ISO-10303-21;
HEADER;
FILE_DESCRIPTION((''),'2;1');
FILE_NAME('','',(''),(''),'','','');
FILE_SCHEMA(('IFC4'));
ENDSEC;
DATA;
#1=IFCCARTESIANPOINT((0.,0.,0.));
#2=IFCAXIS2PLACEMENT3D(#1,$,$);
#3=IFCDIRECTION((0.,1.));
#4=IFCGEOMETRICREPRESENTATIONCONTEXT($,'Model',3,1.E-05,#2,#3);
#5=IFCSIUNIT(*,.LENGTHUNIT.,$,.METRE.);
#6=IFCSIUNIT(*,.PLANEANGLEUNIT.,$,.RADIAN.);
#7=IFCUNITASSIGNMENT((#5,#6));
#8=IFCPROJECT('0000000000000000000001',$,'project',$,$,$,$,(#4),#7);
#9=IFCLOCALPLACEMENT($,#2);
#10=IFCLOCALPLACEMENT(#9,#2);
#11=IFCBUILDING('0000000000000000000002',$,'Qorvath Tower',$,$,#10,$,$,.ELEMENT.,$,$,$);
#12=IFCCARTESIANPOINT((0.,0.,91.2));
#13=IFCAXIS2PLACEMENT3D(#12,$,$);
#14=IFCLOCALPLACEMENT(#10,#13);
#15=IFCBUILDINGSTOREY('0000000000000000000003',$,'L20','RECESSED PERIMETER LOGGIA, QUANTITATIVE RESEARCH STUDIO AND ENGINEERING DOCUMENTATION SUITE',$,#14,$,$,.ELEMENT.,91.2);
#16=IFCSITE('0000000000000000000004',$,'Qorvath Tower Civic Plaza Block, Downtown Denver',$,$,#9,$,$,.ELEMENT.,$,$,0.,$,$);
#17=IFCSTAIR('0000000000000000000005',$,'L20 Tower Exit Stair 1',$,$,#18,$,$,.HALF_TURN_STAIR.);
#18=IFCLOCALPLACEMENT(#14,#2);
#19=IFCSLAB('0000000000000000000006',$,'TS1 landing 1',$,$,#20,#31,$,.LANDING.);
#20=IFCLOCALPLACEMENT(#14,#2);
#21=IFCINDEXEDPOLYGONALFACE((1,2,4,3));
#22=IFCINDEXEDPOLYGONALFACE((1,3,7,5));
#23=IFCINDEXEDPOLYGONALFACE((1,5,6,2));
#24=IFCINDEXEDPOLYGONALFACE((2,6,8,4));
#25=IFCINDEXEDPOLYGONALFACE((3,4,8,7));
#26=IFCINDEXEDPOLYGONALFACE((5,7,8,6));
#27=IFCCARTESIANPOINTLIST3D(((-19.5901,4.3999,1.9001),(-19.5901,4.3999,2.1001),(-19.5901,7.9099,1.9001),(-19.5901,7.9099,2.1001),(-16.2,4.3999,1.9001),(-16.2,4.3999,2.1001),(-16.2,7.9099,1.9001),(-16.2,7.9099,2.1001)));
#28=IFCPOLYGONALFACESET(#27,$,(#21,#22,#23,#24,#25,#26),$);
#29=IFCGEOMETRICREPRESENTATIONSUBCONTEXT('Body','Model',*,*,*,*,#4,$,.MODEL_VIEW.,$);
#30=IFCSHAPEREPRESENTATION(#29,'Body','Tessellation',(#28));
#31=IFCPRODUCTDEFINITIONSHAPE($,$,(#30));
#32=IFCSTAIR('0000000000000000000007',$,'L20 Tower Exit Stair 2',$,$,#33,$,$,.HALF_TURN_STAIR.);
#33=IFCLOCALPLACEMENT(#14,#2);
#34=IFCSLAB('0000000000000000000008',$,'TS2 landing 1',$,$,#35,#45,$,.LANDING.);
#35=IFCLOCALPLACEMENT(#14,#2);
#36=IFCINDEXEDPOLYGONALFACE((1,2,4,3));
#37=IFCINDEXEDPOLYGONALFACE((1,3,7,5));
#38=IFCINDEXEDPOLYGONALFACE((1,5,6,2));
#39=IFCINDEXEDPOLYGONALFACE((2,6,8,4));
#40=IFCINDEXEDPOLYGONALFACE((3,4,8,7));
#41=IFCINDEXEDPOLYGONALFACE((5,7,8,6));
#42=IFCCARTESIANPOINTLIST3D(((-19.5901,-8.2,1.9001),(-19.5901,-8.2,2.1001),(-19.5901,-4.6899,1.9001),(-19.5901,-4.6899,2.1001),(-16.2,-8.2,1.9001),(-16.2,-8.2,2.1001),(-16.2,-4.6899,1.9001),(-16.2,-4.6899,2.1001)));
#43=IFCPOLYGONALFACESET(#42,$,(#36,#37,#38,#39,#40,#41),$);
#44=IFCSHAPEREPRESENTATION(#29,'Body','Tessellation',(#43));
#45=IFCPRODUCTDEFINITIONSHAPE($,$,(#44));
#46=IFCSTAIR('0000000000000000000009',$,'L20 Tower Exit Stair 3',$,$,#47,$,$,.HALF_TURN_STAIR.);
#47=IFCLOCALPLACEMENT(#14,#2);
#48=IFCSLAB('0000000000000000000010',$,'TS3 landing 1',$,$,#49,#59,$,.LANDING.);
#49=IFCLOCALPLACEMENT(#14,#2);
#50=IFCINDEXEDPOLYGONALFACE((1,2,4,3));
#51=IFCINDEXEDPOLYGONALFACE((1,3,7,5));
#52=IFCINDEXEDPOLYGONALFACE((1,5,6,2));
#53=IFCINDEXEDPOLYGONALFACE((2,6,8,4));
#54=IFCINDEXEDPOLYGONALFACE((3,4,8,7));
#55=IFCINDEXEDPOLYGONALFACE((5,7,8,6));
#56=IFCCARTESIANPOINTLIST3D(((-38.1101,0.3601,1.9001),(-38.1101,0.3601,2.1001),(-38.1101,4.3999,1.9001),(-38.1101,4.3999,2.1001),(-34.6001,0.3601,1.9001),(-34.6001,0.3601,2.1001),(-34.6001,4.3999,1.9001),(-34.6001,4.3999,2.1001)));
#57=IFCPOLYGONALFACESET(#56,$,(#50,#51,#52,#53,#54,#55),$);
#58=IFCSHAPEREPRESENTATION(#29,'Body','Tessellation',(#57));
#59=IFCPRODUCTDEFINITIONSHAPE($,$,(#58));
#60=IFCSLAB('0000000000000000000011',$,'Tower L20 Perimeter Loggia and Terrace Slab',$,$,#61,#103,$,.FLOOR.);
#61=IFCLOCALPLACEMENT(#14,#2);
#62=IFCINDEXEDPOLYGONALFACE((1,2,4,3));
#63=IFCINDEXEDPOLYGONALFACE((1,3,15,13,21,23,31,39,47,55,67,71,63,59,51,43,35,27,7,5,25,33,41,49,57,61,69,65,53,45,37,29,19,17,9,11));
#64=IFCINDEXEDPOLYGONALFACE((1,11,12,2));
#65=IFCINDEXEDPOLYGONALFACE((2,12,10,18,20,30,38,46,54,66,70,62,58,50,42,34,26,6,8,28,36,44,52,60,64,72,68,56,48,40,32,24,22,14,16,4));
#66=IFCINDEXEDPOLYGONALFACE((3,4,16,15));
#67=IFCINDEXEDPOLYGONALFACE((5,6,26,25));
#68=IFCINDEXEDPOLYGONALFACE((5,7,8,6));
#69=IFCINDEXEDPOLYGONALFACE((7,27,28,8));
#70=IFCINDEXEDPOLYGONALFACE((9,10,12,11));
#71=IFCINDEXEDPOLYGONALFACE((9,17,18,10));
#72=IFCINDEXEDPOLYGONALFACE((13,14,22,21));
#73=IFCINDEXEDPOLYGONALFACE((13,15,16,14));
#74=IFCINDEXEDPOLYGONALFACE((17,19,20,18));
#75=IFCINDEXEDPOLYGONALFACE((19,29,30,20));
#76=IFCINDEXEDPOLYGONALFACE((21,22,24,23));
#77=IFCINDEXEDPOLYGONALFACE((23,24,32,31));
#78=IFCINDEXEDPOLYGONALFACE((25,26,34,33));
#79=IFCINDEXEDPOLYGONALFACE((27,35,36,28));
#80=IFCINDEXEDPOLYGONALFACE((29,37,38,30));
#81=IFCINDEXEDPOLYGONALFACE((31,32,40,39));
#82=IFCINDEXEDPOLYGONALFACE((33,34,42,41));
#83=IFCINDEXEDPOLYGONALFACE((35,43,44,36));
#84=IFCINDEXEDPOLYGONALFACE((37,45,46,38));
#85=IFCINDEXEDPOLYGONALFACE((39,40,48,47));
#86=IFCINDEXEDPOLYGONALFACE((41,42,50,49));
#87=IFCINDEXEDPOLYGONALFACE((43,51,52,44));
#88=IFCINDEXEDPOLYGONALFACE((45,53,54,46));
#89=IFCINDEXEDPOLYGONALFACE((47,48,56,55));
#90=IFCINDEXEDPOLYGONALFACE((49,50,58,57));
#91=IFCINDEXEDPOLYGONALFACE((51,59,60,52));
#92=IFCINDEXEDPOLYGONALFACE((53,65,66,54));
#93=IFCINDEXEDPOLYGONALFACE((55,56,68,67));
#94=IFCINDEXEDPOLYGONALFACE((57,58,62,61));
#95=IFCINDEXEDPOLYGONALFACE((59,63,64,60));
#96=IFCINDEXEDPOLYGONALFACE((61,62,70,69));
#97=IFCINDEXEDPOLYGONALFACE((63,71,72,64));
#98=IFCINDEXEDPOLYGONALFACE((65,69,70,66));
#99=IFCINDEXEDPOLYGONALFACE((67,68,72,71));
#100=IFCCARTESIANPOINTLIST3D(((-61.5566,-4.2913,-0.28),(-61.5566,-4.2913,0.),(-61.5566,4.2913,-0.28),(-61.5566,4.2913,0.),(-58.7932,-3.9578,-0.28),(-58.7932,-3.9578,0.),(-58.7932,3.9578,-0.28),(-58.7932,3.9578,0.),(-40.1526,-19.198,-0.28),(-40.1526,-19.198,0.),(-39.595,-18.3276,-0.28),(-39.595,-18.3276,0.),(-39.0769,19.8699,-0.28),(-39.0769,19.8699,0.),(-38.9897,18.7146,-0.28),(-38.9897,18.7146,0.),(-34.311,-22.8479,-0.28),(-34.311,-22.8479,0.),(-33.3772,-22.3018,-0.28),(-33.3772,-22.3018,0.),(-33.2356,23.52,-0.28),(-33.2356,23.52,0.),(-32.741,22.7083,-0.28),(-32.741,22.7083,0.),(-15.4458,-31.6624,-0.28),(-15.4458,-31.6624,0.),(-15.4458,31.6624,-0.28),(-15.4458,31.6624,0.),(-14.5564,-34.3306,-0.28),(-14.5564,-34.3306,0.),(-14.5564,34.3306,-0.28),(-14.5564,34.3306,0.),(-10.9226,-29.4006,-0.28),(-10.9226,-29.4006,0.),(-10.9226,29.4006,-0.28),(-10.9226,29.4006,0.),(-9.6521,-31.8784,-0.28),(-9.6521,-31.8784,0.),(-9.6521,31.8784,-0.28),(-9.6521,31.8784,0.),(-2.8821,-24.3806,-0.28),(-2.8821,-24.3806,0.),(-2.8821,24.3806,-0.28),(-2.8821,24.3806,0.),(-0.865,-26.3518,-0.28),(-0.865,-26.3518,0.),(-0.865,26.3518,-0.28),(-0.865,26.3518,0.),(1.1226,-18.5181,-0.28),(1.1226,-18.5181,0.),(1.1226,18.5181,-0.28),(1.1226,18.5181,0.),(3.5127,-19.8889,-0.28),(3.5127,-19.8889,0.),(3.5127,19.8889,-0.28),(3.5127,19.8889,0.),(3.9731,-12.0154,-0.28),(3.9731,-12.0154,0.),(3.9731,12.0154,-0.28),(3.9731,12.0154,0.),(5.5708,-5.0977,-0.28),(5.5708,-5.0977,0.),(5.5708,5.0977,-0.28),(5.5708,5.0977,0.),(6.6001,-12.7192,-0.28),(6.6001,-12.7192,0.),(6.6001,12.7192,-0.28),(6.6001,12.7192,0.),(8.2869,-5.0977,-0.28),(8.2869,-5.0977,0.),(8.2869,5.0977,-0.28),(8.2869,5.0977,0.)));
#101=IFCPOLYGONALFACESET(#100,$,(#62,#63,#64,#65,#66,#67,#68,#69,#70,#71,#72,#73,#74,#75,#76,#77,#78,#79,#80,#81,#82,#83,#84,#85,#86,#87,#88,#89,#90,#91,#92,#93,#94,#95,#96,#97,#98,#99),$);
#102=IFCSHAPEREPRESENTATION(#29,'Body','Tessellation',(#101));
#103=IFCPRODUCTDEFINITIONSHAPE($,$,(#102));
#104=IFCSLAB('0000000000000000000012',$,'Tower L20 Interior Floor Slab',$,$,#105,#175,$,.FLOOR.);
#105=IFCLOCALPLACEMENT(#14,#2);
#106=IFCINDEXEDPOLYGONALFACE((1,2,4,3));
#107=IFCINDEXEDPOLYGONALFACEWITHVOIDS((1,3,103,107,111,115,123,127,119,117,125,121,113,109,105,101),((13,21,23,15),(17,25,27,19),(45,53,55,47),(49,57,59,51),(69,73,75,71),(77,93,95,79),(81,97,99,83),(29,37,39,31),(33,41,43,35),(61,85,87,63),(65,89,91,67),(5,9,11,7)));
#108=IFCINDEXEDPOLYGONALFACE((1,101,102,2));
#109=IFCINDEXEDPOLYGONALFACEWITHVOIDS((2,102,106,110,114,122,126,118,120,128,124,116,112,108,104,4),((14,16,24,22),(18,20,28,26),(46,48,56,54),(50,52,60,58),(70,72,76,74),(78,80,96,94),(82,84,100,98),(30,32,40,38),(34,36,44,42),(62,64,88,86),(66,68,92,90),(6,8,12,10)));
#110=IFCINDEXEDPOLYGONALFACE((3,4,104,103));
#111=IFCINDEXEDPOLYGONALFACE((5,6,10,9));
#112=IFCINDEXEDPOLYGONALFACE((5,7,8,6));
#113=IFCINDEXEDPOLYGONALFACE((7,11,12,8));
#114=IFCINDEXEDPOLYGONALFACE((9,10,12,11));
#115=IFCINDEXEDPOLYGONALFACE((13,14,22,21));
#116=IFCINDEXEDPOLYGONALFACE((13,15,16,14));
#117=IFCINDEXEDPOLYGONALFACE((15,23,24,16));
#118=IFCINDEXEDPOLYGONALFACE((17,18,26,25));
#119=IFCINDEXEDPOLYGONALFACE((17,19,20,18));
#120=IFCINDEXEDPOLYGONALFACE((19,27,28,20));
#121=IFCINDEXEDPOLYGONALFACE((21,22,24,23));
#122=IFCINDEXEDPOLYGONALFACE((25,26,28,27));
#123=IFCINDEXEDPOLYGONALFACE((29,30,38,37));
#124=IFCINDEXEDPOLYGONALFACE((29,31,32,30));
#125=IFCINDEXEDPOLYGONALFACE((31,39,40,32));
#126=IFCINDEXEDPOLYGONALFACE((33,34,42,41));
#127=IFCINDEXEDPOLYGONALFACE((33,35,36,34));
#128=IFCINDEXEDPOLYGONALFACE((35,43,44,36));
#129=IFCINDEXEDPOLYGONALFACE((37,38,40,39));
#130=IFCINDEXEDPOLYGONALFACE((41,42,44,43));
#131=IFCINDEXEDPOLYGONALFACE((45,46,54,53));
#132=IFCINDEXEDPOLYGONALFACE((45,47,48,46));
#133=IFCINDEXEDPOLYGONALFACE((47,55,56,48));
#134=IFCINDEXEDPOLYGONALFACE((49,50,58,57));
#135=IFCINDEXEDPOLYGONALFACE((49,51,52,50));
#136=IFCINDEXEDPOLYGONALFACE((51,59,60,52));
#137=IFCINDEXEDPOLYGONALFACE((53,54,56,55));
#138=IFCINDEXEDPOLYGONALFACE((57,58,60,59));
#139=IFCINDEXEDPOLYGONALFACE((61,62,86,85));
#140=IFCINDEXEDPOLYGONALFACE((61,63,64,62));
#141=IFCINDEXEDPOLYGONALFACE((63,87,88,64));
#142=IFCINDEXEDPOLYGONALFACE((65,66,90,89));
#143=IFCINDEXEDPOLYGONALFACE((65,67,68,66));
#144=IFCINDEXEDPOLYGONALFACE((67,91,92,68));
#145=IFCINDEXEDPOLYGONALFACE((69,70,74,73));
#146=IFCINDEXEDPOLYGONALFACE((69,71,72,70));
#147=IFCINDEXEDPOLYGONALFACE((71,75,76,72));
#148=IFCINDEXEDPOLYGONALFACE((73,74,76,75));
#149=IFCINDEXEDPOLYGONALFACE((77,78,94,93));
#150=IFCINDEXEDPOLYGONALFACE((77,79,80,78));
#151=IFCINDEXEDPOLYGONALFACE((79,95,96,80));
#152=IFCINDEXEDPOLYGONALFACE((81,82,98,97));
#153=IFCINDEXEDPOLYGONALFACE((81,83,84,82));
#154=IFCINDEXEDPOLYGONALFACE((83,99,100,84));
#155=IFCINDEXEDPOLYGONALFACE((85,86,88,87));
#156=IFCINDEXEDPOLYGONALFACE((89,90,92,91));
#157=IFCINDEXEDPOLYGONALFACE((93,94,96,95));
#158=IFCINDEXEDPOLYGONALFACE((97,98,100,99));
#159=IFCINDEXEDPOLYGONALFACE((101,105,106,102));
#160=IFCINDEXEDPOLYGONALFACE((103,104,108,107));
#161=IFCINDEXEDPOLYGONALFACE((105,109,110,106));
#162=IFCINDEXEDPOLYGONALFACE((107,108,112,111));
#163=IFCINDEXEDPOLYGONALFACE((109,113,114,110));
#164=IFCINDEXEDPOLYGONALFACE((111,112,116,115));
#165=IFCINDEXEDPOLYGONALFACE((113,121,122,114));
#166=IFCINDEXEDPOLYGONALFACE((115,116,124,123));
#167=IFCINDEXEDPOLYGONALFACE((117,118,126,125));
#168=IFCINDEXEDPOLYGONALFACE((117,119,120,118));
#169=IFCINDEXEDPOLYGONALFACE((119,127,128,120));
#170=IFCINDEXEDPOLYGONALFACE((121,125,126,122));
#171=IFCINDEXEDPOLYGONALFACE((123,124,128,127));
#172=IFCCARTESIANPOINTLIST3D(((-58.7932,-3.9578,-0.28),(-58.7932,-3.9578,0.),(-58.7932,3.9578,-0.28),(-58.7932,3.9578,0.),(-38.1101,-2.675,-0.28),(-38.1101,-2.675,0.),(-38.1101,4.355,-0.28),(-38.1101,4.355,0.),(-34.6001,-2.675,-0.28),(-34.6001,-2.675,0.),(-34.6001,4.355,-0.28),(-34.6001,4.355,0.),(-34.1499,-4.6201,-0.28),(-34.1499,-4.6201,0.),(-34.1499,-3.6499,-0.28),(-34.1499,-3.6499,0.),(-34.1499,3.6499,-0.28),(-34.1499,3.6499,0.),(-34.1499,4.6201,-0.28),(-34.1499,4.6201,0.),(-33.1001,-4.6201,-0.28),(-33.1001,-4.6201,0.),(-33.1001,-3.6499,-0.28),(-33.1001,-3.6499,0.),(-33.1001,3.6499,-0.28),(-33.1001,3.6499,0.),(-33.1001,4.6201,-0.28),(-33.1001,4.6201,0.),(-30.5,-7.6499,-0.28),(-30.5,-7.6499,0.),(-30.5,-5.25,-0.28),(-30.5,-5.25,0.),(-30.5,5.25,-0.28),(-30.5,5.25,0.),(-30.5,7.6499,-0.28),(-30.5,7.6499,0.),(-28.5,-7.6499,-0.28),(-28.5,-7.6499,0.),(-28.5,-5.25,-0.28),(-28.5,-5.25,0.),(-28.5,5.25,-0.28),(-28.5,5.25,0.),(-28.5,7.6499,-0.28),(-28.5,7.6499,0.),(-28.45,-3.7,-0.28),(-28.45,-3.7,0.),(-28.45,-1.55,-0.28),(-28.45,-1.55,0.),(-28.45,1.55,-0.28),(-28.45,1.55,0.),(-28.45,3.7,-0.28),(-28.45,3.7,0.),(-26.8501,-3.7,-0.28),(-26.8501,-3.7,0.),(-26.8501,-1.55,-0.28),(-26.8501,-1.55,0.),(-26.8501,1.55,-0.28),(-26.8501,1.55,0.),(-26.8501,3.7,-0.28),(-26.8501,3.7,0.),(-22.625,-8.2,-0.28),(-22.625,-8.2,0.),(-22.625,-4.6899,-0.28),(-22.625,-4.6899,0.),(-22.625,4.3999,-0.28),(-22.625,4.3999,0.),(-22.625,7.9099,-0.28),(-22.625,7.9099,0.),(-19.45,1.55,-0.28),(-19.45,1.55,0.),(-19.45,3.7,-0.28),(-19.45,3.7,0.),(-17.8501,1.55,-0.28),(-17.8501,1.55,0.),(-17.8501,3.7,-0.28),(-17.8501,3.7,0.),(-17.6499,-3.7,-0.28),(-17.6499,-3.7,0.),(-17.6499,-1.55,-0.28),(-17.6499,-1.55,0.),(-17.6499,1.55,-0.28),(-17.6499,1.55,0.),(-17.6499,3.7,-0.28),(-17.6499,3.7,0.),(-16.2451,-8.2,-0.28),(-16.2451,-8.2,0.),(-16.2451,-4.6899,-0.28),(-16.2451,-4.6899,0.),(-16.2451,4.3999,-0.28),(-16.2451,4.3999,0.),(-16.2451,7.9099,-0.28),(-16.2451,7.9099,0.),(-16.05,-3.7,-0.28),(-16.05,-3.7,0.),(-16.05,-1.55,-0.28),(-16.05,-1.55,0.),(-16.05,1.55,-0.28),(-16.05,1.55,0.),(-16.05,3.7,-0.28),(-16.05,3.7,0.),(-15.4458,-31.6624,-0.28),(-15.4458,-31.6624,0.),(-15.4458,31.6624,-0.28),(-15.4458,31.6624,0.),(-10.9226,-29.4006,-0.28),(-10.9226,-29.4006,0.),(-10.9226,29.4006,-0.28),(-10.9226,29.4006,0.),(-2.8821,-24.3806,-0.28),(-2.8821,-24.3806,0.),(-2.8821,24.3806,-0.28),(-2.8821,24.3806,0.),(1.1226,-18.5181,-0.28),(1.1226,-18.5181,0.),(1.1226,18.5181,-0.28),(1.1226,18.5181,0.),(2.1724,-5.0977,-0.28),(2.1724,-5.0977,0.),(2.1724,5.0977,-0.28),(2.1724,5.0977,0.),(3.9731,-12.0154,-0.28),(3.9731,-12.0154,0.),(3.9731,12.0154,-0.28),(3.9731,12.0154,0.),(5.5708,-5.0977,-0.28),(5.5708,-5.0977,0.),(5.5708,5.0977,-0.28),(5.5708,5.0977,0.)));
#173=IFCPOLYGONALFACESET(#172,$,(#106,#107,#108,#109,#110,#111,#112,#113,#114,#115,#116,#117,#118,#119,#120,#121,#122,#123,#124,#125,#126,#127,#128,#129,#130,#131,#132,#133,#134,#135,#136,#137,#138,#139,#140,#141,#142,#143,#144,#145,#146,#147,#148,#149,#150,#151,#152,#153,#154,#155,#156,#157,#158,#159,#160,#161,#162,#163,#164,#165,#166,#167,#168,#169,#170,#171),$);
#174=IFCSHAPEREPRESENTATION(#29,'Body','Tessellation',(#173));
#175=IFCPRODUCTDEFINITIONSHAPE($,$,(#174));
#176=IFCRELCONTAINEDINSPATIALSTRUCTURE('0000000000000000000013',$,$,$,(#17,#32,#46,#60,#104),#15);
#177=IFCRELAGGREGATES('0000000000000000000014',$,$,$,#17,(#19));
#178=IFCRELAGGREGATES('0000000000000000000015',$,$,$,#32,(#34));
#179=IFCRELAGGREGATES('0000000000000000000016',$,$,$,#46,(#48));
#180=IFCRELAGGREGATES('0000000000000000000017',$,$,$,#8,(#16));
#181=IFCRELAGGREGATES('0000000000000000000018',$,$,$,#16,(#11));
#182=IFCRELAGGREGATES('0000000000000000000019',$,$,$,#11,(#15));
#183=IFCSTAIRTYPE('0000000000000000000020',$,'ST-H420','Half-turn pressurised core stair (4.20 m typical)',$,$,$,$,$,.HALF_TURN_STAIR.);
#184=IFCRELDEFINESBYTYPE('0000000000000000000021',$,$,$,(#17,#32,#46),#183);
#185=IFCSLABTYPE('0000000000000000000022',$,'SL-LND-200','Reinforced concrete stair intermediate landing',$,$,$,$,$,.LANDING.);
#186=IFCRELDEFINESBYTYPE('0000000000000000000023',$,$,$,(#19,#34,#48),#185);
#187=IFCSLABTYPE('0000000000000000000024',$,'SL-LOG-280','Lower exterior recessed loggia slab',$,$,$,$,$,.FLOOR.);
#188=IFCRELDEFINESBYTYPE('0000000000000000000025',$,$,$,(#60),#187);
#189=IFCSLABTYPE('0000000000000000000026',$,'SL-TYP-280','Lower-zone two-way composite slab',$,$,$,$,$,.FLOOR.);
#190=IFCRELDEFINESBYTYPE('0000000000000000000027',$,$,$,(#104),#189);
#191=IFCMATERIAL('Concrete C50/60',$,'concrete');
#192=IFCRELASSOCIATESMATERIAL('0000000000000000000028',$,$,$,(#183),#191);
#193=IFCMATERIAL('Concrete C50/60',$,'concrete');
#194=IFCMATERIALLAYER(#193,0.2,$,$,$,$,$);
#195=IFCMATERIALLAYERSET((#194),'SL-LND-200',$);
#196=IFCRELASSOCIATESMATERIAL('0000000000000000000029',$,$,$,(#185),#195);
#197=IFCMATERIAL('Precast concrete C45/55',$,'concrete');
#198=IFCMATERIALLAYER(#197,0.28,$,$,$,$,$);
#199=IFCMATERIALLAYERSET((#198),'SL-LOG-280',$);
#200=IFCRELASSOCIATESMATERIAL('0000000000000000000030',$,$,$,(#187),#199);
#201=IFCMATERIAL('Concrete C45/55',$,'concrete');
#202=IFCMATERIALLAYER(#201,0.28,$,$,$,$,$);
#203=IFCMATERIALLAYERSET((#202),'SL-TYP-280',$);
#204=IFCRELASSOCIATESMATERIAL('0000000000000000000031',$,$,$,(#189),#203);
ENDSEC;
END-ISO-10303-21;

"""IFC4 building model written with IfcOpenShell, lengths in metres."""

from ifc_helpers import new_model, si_unit, direction, frame, origin, place, context, subcontext, project, spatial, polyline, outline, extrude, material, layer, layer_set, type_object, element, aggregate, save


model = new_model("IFC4")

# Units and contexts
model_context = context("Model", 3, precision=1e-05, world=origin(), true_north=direction((0.0, 1.0)))
body_context = subcontext(model_context, "Body", "Model", "MODEL_VIEW")
ifc_project = project(units=[si_unit("LENGTHUNIT", "METRE"), si_unit("PLANEANGLEUNIT", "RADIAN")], contexts=[model_context])

# Site, building, storey
site_placement = place(None, origin())
site = spatial("IfcSite", under=ifc_project, at=site_placement, Name="Qorvath Tower Civic Plaza Block, Downtown Denver", CompositionType="ELEMENT", RefElevation=0.0)
building_placement = place(site_placement, origin())
building = spatial("IfcBuilding", under=site, at=building_placement, Name="Qorvath Tower", CompositionType="ELEMENT")
storey_placement = place(building_placement, frame((0.0, 0.0, 91.2)))
storey = spatial("IfcBuildingStorey", under=building, at=storey_placement, Name="L20", Description="RECESSED PERIMETER LOGGIA, QUANTITATIVE RESEARCH STUDIO AND ENGINEERING DOCUMENTATION SUITE", CompositionType="ELEMENT", Elevation=91.2)

# Stairs, slabs
ifc_material_1 = material(Name="Concrete C50/60", Category="concrete")
stair_type = type_object("IfcStairType", Name="ST-H420", Description="Half-turn pressurised core stair (4.20 m typical)", PredefinedType="HALF_TURN_STAIR", material=ifc_material_1)
stair_1_placement = place(storey_placement, origin())
stair_1 = element("IfcStair", 1, at=stair_1_placement, inside=storey, type_object=stair_type, Name="L20 Tower Exit Stair 1", PredefinedType="HALF_TURN_STAIR")
ifc_material_2 = material(Name="Concrete C50/60", Category="concrete")
ifc_layer_1 = layer(ifc_material_2, 0.2)
ifc_layer_set_1 = layer_set([ifc_layer_1], Name="SL-LND-200")
slab_type_1 = type_object("IfcSlabType", Name="SL-LND-200", Description="Reinforced concrete stair intermediate landing", PredefinedType="LANDING", material=ifc_layer_set_1)
slab_1_placement = place(storey_placement, frame((0.0, 0.0, 1.9001)))
slab_1 = element("IfcSlab", 2, at=slab_1_placement, type_object=slab_type_1, Name="TS1 landing 1", PredefinedType="LANDING", context=body_context, shape_type="SweptSolid", body=[
    extrude(outline(polyline([(-19.5901, 4.3999), (-16.2, 4.3999), (-16.2, 7.9099), (-19.5901, 7.9099), (-19.5901, 4.3999)])), origin(), (0.0, 0.0, 1.0), 0.2),
])
aggregate(stair_1, [slab_1])
stair_2_placement = place(storey_placement, origin())
stair_2 = element("IfcStair", 3, at=stair_2_placement, inside=storey, type_object=stair_type, Name="L20 Tower Exit Stair 2", PredefinedType="HALF_TURN_STAIR")
slab_2_placement = place(storey_placement, frame((0.0, 0.0, 1.9001)))
slab_2 = element("IfcSlab", 4, at=slab_2_placement, type_object=slab_type_1, Name="TS2 landing 1", PredefinedType="LANDING", context=body_context, shape_type="SweptSolid", body=[
    extrude(outline(polyline([(-19.5901, -8.2), (-16.2, -8.2), (-16.2, -4.6899), (-19.5901, -4.6899), (-19.5901, -8.2)])), origin(), (0.0, 0.0, 1.0), 0.2),
])
aggregate(stair_2, [slab_2])
stair_3_placement = place(storey_placement, origin())
stair_3 = element("IfcStair", 5, at=stair_3_placement, inside=storey, type_object=stair_type, Name="L20 Tower Exit Stair 3", PredefinedType="HALF_TURN_STAIR")
slab_3_placement = place(storey_placement, frame((0.0, 0.0, 1.9001)))
slab_3 = element("IfcSlab", 6, at=slab_3_placement, type_object=slab_type_1, Name="TS3 landing 1", PredefinedType="LANDING", context=body_context, shape_type="SweptSolid", body=[
    extrude(outline(polyline([(-34.6001, 0.3601), (-34.6001, 4.3999), (-38.1101, 4.3999), (-38.1101, 0.3601), (-34.6001, 0.3601)])), origin(), (0.0, 0.0, 1.0), 0.2),
])
aggregate(stair_3, [slab_3])

# Slabs
ifc_material_3 = material(Name="Precast concrete C45/55", Category="concrete")
ifc_layer_2 = layer(ifc_material_3, 0.28)
ifc_layer_set_2 = layer_set([ifc_layer_2], Name="SL-LOG-280")
slab_type_2 = type_object("IfcSlabType", Name="SL-LOG-280", Description="Lower exterior recessed loggia slab", PredefinedType="FLOOR", material=ifc_layer_set_2)
slab_4_placement = place(storey_placement, frame((0.0, 0.0, -0.28)))
element("IfcSlab", 7, at=slab_4_placement, inside=storey, type_object=slab_type_2, Name="Tower L20 Perimeter Loggia and Terrace Slab", PredefinedType="FLOOR", context=body_context, shape_type="SweptSolid", body=[
    extrude(outline(polyline([(-34.311, -22.8479), (-33.3772, -22.3018), (-14.5564, -34.3306), (-9.6521, -31.8784), (-0.865, -26.3518), (3.5127, -19.8889), (6.6001, -12.7192), (8.2869, -5.0977), (5.5708, -5.0977), (3.9731, -12.0154), (1.1226, -18.5181), (-2.8821, -24.3806), (-10.9226, -29.4006), (-15.4458, -31.6624), (-58.7932, -3.9578), (-58.7932, 3.9578), (-15.4458, 31.6624), (-10.9226, 29.4006), (-2.8821, 24.3806), (1.1226, 18.5181), (3.9731, 12.0154), (5.5708, 5.0977), (8.2869, 5.0977), (6.6001, 12.7192), (3.5127, 19.8889), (-0.865, 26.3518), (-9.6521, 31.8784), (-14.5564, 34.3306), (-32.741, 22.7083), (-33.2356, 23.52), (-39.0769, 19.8699), (-38.9897, 18.7146), (-61.5566, 4.2913), (-61.5566, -4.2913), (-39.595, -18.3276), (-40.1526, -19.198), (-34.311, -22.8479)])), origin(), (0.0, 0.0, 1.0), 0.28),
])
ifc_material_4 = material(Name="Concrete C45/55", Category="concrete")
ifc_layer_3 = layer(ifc_material_4, 0.28)
ifc_layer_set_3 = layer_set([ifc_layer_3], Name="SL-TYP-280")
slab_type_3 = type_object("IfcSlabType", Name="SL-TYP-280", Description="Lower-zone two-way composite slab", PredefinedType="FLOOR", material=ifc_layer_set_3)
slab_5_placement = place(storey_placement, frame((0.0, 0.0, -0.28)))
element("IfcSlab", 8, at=slab_5_placement, inside=storey, type_object=slab_type_3, Name="Tower L20 Interior Floor Slab", PredefinedType="FLOOR", context=body_context, shape_type="SweptSolid", body=[
    extrude(outline(polyline([(-58.7932, 3.9578), (-58.7932, -3.9578), (-15.4458, -31.6624), (-10.9226, -29.4006), (-2.8821, -24.3806), (1.1226, -18.5181), (3.9731, -12.0154), (5.5708, -5.0977), (2.1724, -5.0977), (2.1724, 5.0977), (5.5708, 5.0977), (3.9731, 12.0154), (1.1226, 18.5181), (-2.8821, 24.3806), (-10.9226, 29.4006), (-15.4458, 31.6624), (-58.7932, 3.9578)]), holes=[polyline([(-17.6499, -3.7), (-17.6499, -1.55), (-16.05, -1.55), (-16.05, -3.7), (-17.6499, -3.7)]), polyline([(-17.6499, 1.55), (-17.6499, 3.7), (-16.05, 3.7), (-16.05, 1.55), (-17.6499, 1.55)]), polyline([(-16.2451, -8.2), (-22.625, -8.2), (-22.625, -4.6899), (-16.2451, -4.6899), (-16.2451, -8.2)]), polyline([(-22.625, 4.3999), (-22.625, 7.9099), (-16.2451, 7.9099), (-16.2451, 4.3999), (-22.625, 4.3999)]), polyline([(-17.8501, 1.55), (-19.45, 1.55), (-19.45, 3.7), (-17.8501, 3.7), (-17.8501, 1.55)]), polyline([(-28.45, -3.7), (-28.45, -1.55), (-26.8501, -1.55), (-26.8501, -3.7), (-28.45, -3.7)]), polyline([(-26.8501, 1.55), (-28.45, 1.55), (-28.45, 3.7), (-26.8501, 3.7), (-26.8501, 1.55)]), polyline([(-28.5, -7.6499), (-30.5, -7.6499), (-30.5, -5.25), (-28.5, -5.25), (-28.5, -7.6499)]), polyline([(-30.5, 5.25), (-30.5, 7.6499), (-28.5, 7.6499), (-28.5, 5.25), (-30.5, 5.25)]), polyline([(-34.1499, -4.6201), (-34.1499, -3.6499), (-33.1001, -3.6499), (-33.1001, -4.6201), (-34.1499, -4.6201)]), polyline([(-34.1499, 3.6499), (-34.1499, 4.6201), (-33.1001, 4.6201), (-33.1001, 3.6499), (-34.1499, 3.6499)]), polyline([(-34.6001, -2.675), (-38.1101, -2.675), (-38.1101, 4.355), (-34.6001, 4.355), (-34.6001, -2.675)])]), origin(), (0.0, 0.0, 1.0), 0.28),
])

save(model, "model.ifc")
